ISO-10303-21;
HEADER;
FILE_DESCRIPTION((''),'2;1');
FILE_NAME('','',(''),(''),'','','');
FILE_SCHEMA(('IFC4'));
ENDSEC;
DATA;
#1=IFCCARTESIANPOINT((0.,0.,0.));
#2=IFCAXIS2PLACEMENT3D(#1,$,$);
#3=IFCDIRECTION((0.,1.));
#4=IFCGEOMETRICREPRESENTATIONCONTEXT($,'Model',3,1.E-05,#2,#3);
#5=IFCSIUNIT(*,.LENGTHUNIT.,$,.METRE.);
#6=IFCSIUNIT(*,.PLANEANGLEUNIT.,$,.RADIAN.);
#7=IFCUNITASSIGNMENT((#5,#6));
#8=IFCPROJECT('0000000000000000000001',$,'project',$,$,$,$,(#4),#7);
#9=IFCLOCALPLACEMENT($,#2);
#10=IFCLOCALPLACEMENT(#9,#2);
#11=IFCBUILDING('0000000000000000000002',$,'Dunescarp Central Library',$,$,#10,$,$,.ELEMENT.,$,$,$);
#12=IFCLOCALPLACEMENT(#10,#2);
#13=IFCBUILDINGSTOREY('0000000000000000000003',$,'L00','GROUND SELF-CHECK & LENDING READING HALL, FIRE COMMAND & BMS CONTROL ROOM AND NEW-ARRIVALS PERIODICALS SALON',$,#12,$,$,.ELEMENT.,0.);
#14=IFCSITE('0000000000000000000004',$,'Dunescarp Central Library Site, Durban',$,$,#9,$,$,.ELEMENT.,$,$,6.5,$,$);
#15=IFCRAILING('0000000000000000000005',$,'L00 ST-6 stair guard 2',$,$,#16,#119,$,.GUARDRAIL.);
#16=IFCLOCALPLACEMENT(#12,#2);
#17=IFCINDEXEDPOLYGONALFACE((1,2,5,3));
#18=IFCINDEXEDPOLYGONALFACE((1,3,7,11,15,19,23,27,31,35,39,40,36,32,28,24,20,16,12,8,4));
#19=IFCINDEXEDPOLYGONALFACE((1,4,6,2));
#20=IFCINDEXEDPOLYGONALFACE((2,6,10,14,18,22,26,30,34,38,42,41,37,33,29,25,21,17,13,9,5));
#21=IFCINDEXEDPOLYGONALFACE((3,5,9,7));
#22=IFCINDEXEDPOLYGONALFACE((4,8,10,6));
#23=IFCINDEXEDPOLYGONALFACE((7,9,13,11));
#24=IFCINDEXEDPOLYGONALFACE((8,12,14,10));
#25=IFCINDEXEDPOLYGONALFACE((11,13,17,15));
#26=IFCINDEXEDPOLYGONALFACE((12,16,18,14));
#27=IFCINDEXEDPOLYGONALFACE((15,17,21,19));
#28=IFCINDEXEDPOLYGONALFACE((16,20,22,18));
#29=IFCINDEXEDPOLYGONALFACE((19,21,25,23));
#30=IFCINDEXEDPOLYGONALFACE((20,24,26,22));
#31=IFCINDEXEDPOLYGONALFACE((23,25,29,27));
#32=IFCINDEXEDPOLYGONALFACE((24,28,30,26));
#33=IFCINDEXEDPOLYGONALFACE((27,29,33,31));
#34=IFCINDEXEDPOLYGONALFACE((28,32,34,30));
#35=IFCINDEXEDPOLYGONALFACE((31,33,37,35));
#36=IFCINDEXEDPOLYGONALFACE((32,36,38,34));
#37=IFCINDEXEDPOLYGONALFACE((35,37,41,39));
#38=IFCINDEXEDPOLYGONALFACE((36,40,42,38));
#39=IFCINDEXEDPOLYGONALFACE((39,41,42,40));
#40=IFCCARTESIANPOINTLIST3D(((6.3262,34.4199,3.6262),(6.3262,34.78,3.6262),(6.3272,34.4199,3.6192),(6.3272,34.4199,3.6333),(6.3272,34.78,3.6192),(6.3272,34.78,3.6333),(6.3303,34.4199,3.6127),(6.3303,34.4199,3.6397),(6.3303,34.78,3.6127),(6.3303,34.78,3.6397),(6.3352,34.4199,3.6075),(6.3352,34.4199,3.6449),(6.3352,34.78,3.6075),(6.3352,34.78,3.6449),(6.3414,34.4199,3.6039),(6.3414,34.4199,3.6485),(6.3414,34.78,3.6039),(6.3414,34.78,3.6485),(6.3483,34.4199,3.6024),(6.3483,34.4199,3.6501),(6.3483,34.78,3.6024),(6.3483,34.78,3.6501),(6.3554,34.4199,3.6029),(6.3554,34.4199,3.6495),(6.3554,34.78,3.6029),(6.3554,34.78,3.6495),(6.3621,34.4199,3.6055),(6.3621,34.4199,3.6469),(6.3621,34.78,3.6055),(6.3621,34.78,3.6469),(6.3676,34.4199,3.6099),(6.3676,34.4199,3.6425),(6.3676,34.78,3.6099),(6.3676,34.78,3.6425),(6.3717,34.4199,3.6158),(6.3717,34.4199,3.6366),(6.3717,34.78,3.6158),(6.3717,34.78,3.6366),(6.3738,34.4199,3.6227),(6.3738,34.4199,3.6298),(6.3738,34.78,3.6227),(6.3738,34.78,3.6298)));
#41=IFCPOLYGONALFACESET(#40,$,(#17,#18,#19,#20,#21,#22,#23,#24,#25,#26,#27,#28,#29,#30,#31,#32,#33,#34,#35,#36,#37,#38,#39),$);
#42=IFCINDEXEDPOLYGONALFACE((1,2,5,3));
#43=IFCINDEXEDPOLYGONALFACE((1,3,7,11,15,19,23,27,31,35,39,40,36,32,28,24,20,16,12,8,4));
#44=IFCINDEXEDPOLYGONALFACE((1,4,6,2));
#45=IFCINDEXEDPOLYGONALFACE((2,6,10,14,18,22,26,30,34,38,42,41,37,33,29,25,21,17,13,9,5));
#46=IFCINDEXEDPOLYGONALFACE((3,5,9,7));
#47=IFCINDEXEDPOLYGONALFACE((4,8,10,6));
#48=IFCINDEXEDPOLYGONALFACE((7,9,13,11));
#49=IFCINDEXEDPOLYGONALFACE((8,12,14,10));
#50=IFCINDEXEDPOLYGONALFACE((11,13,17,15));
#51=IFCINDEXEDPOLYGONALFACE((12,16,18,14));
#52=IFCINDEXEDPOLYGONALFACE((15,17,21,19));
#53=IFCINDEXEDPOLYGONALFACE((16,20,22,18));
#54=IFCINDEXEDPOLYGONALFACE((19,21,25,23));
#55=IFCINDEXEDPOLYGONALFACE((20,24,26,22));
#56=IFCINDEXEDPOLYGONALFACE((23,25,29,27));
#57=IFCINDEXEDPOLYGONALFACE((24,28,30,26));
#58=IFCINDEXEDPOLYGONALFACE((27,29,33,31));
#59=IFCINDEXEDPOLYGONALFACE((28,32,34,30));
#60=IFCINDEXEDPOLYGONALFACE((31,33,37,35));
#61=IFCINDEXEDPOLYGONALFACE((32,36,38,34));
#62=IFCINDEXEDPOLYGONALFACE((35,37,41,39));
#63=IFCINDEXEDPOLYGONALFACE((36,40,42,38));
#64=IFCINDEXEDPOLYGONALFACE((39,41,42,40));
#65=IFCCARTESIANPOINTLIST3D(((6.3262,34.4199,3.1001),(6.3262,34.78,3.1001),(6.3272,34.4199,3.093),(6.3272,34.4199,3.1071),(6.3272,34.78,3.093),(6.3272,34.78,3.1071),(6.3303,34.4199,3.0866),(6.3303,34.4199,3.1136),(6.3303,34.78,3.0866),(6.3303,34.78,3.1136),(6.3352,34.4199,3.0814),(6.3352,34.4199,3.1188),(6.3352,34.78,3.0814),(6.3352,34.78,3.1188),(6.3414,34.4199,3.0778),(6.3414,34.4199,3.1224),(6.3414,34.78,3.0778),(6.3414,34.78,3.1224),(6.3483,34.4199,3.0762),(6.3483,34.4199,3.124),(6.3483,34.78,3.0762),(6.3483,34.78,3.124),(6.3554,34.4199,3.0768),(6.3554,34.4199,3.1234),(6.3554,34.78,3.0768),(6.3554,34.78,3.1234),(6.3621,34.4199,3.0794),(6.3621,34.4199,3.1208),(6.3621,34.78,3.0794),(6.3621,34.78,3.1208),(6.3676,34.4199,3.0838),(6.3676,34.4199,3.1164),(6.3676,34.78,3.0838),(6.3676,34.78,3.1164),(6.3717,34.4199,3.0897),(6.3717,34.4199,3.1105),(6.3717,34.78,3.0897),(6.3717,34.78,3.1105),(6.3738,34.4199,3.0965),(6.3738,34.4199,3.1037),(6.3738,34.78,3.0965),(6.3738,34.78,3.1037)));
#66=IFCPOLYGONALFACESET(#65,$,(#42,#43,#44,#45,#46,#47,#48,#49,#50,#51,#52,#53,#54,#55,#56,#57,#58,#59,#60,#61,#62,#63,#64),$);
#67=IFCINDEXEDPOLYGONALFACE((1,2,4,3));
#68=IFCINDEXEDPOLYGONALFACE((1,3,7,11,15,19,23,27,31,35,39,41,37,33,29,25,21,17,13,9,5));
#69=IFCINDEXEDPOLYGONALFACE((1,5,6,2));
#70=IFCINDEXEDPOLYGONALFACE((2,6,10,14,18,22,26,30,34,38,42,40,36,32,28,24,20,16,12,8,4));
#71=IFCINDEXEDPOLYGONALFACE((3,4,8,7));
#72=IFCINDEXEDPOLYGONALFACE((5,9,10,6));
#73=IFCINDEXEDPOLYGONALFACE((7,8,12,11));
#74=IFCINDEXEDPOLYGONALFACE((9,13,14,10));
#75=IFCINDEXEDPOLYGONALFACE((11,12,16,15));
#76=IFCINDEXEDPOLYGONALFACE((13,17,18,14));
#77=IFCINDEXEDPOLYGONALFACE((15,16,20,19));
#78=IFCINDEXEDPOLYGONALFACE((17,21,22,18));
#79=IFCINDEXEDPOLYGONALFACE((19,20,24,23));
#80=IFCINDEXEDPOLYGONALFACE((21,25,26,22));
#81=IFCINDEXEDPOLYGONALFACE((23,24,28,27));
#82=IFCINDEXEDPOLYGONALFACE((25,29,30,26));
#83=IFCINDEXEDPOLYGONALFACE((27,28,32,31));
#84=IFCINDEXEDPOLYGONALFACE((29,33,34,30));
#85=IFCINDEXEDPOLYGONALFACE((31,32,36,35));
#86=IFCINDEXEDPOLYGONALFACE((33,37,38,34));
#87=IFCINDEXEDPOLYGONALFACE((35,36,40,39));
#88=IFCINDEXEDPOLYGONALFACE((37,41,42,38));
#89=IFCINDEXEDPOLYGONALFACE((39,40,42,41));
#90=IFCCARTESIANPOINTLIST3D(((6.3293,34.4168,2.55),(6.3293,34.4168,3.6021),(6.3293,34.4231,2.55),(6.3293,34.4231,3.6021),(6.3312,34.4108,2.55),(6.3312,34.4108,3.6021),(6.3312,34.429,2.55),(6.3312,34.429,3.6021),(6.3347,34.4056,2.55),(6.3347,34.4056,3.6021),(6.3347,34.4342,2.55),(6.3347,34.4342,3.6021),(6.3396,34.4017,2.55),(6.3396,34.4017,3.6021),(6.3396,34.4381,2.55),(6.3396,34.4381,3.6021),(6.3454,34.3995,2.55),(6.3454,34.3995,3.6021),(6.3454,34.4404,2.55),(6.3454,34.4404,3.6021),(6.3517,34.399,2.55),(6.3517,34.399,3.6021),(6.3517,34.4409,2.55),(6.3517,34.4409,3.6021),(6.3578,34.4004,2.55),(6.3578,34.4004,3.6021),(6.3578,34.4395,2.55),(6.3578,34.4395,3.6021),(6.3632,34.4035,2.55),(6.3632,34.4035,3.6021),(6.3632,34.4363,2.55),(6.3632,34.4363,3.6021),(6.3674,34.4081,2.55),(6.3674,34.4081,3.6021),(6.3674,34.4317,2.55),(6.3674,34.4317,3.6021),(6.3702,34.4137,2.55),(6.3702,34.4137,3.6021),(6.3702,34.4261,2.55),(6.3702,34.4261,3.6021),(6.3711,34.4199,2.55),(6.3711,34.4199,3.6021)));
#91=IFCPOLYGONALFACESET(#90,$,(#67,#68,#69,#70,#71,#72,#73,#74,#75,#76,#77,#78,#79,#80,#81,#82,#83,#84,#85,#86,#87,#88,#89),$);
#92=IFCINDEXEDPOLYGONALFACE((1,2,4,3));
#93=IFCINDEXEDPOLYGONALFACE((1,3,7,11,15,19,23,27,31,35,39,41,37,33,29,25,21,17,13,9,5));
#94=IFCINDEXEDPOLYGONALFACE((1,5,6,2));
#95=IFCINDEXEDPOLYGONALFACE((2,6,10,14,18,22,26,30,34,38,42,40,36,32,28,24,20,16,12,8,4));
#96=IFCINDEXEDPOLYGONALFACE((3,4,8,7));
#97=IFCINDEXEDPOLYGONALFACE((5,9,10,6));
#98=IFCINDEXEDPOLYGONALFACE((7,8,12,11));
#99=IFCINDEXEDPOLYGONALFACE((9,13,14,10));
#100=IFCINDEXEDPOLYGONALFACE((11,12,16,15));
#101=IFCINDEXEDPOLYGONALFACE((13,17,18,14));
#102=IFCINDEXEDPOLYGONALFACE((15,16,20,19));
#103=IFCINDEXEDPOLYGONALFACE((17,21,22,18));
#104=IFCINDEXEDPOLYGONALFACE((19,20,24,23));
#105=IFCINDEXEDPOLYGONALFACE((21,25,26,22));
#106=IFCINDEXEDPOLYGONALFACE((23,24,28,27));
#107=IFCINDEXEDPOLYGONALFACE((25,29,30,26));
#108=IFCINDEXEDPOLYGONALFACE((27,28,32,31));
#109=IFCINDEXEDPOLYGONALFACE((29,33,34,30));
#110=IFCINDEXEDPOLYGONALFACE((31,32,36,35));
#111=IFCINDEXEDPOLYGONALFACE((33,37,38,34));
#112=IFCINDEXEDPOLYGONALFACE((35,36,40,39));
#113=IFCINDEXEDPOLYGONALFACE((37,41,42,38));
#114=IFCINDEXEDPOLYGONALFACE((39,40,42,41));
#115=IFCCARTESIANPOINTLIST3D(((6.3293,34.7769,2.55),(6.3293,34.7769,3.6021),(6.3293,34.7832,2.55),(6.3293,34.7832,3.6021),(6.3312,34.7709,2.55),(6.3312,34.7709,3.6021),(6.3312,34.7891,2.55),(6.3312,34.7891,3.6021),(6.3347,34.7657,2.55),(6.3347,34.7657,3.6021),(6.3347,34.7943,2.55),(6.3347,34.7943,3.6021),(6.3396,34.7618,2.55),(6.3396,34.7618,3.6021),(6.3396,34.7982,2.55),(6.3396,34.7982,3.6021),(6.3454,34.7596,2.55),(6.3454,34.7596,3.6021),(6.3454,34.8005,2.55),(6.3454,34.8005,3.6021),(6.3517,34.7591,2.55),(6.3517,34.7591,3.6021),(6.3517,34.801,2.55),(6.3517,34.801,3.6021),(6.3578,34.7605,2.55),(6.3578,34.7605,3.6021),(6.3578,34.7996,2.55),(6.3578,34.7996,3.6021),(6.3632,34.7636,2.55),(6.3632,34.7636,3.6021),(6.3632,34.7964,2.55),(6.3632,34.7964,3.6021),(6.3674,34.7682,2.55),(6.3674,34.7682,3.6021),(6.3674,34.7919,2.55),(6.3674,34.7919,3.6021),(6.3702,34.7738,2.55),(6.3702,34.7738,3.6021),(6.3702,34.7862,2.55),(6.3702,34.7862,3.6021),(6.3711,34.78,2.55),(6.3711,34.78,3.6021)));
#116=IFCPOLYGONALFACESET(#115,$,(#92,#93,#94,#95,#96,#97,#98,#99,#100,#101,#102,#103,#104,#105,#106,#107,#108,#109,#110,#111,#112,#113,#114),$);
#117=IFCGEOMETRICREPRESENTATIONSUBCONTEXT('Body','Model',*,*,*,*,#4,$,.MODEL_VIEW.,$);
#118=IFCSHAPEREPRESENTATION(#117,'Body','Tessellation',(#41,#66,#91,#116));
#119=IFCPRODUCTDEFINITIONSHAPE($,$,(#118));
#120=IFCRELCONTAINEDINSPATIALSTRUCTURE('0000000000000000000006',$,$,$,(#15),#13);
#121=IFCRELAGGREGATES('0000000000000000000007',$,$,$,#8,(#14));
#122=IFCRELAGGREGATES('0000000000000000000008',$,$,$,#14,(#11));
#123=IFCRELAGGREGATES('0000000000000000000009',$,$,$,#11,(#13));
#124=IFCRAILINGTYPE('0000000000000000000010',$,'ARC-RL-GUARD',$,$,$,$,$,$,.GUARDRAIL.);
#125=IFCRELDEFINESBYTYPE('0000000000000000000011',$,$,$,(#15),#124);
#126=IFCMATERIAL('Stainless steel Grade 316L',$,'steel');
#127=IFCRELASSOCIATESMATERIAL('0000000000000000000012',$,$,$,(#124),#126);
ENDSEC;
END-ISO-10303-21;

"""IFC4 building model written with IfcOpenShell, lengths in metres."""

from ifc_helpers import new_model, si_unit, direction, frame, origin, origin_2d, place, context, subcontext, project, spatial, circle, extrude, material, type_object, element, save


model = new_model("IFC4")

# Units and contexts
model_context = context("Model", 3, precision=1e-05, world=origin(), true_north=direction((0.0, 1.0)))
body_context = subcontext(model_context, "Body", "Model", "MODEL_VIEW")
ifc_project = project(units=[si_unit("LENGTHUNIT", "METRE"), si_unit("PLANEANGLEUNIT", "RADIAN")], contexts=[model_context])

# Site, building, storey
site_placement = place(None, origin())
site = spatial("IfcSite", under=ifc_project, at=site_placement, Name="Dunescarp Central Library Site, Durban", CompositionType="ELEMENT", RefElevation=6.5)
building_placement = place(site_placement, origin())
building = spatial("IfcBuilding", under=site, at=building_placement, Name="Dunescarp Central Library", CompositionType="ELEMENT")
storey_placement = place(building_placement, origin())
storey = spatial("IfcBuildingStorey", under=building, at=storey_placement, Name="L00", Description="GROUND SELF-CHECK & LENDING READING HALL, FIRE COMMAND & BMS CONTROL ROOM AND NEW-ARRIVALS PERIODICALS SALON", CompositionType="ELEMENT", Elevation=0.0)

# Railing
ifc_material_1 = material(Name="Stainless steel Grade 316L", Category="steel")
railing_type_1 = type_object("IfcRailingType", Name="ARC-RL-GUARD", PredefinedType="GUARDRAIL", material=ifc_material_1)
railing_1_placement = place(storey_placement, frame((6.3501, 34.4199, 2.55)))
element("IfcRailing", 1, at=railing_1_placement, inside=storey, type_object=railing_type_1, Name="L00 ST-6 stair guard 2", PredefinedType="GUARDRAIL", context=body_context, shape_type="SweptSolid", body=[
    extrude(circle(Radius=0.0239, at=origin_2d()), frame((0.0, 0.0, 1.0762), z_axis=(0.0, 1.0, 0.0), x_axis=(-1.0, 0.0, 0.0)), (0.0, 0.0, 1.0), 0.3601),
    extrude(circle(Radius=0.0239, at=origin_2d()), frame((0.0, 0.0, 0.55), z_axis=(0.0, 1.0, 0.0), x_axis=(-1.0, 0.0, 0.0)), (0.0, 0.0, 1.0), 0.3601),
    extrude(circle(Radius=0.021, at=origin_2d()), origin(), (0.0, 0.0, 1.0), 1.052),
    extrude(circle(Radius=0.021, at=origin_2d()), frame((0.0, 0.3601, 0.0)), (0.0, 0.0, 1.0), 1.052),
])

save(model, "model.ifc")
